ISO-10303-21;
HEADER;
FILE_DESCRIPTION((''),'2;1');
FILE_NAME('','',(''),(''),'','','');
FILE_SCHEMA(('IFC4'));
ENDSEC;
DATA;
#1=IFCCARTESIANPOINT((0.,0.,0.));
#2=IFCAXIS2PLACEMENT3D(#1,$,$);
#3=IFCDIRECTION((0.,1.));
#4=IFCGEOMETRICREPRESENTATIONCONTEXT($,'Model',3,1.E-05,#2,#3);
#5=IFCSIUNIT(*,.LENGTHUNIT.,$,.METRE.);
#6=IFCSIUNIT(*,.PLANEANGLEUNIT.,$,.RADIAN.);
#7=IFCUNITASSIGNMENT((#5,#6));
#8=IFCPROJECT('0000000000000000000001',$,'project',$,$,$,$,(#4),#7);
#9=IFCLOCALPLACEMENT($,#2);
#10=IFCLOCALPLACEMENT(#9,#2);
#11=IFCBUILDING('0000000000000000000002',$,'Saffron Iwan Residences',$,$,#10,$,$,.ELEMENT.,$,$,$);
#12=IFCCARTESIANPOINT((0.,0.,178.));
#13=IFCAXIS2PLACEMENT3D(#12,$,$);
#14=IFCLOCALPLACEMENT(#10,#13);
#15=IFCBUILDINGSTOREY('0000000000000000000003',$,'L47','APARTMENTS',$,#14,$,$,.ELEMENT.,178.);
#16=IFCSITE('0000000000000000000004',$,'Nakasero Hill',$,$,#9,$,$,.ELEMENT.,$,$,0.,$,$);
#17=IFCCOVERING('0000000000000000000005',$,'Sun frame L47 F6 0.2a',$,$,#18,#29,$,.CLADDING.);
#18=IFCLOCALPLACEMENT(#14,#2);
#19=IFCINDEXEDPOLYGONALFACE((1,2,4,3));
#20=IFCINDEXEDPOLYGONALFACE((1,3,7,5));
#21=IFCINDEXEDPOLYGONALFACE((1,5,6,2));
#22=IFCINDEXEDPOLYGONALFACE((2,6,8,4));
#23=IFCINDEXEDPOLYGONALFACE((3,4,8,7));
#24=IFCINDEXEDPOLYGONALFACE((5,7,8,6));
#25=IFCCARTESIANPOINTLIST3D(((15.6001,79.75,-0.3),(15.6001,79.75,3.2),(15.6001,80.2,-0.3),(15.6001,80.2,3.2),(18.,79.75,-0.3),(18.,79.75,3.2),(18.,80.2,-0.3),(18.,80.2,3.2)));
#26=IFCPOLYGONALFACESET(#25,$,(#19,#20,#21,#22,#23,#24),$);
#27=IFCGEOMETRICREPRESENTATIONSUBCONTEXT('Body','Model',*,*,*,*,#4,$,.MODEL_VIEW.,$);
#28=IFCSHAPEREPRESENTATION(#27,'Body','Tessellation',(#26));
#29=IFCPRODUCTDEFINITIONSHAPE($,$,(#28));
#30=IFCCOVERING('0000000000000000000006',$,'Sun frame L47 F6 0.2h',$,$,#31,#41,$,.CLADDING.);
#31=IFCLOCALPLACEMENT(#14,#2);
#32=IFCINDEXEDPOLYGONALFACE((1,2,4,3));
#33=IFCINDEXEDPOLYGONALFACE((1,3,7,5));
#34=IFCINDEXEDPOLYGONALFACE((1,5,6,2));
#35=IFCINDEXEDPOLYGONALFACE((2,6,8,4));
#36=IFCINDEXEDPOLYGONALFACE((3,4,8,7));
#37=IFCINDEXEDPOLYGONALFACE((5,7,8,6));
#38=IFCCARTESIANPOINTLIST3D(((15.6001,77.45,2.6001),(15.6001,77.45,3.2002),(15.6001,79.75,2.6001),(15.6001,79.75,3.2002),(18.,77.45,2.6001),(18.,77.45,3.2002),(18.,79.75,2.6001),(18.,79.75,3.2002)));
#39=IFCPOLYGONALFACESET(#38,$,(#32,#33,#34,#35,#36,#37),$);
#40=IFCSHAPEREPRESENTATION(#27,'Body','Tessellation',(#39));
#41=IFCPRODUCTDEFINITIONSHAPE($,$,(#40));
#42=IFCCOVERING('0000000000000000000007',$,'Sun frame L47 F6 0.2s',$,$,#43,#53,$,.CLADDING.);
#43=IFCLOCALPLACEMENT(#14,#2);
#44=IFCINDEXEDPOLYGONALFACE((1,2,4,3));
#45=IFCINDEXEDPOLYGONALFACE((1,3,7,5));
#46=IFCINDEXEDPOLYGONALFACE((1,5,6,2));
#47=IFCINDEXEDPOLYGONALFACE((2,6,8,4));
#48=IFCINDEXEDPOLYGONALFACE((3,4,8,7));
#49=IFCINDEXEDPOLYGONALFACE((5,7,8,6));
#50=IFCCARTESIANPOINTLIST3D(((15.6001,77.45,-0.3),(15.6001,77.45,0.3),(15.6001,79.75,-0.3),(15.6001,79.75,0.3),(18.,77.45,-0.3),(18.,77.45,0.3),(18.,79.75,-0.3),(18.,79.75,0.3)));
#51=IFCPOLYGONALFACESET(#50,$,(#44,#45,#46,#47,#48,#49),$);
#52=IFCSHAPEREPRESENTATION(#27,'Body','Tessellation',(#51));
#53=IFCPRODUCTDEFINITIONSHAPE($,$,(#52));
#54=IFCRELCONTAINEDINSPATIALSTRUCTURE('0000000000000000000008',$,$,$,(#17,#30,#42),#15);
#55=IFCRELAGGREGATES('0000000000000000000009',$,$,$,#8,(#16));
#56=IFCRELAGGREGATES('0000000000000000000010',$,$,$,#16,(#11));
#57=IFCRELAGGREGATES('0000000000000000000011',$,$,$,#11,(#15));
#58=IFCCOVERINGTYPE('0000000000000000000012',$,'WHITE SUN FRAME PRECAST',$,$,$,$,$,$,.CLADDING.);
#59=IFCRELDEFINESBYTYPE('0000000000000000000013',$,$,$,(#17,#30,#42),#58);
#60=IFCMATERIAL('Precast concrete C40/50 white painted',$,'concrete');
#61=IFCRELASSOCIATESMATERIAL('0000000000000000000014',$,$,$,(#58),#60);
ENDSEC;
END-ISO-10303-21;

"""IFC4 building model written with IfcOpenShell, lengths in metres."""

from ifc_helpers import new_model, si_unit, direction, frame, origin, place, context, subcontext, project, spatial, polyline, outline, extrude, material, type_object, element, save


model = new_model("IFC4")

# Units and contexts
model_context = context("Model", 3, precision=1e-05, world=origin(), true_north=direction((0.0, 1.0)))
body_context = subcontext(model_context, "Body", "Model", "MODEL_VIEW")
ifc_project = project(units=[si_unit("LENGTHUNIT", "METRE"), si_unit("PLANEANGLEUNIT", "RADIAN")], contexts=[model_context])

# Site, building, storey
site_placement = place(None, origin())
site = spatial("IfcSite", under=ifc_project, at=site_placement, Name="Nakasero Hill", CompositionType="ELEMENT", RefElevation=0.0)
building_placement = place(site_placement, origin())
building = spatial("IfcBuilding", under=site, at=building_placement, Name="Saffron Iwan Residences", CompositionType="ELEMENT")
storey_placement = place(building_placement, frame((0.0, 0.0, 178.0)))
storey = spatial("IfcBuildingStorey", under=building, at=storey_placement, Name="L47", Description="APARTMENTS", CompositionType="ELEMENT", Elevation=178.0)

# Coverings
ifc_material_1 = material(Name="Precast concrete C40/50 white painted", Category="concrete")
covering_type_1 = type_object("IfcCoveringType", Name="WHITE SUN FRAME PRECAST", PredefinedType="CLADDING", material=ifc_material_1)
covering_1_placement = place(storey_placement, frame((18.0, 80.2, -0.3), z_axis=(-1.0, 0.0, 0.0), x_axis=(0.0, -1.0, 0.0)))
element("IfcCovering", 1, at=covering_1_placement, inside=storey, type_object=covering_type_1, Name="Sun frame L47 F6 0.2a", PredefinedType="CLADDING", context=body_context, shape_type="SweptSolid", body=[
    extrude(outline(polyline([(0.0, 0.0), (0.45, 0.0), (0.45, 3.5), (0.0, 3.5), (0.0, 0.0)])), origin(), (0.0, 0.0, 1.0), 2.3999),
])
for number, where, z_axis, x_axis, name in (
    (2, (18.0, 79.75, 2.6001), (-1.0, 0.0, 0.0), (0.0, -1.0, 0.0), "Sun frame L47 F6 0.2h"),
    (3, (18.0, 79.75, -0.3), (-1.0, 0.0, 0.0), (0.0, -1.0, 0.0), "Sun frame L47 F6 0.2s"),
):
    element("IfcCovering", number, at=place(storey_placement, frame(where, z_axis=z_axis, x_axis=x_axis)), inside=storey, type_object=covering_type_1, Name=name, PredefinedType="CLADDING", context=body_context, shape_type="SweptSolid", body=[
        extrude(outline(polyline([(0.0, 0.0), (2.3, 0.0), (2.3, 0.6001), (0.0, 0.6001), (0.0, 0.0)])), origin(), (0.0, 0.0, 1.0), 2.3999),
    ])

save(model, "model.ifc")
